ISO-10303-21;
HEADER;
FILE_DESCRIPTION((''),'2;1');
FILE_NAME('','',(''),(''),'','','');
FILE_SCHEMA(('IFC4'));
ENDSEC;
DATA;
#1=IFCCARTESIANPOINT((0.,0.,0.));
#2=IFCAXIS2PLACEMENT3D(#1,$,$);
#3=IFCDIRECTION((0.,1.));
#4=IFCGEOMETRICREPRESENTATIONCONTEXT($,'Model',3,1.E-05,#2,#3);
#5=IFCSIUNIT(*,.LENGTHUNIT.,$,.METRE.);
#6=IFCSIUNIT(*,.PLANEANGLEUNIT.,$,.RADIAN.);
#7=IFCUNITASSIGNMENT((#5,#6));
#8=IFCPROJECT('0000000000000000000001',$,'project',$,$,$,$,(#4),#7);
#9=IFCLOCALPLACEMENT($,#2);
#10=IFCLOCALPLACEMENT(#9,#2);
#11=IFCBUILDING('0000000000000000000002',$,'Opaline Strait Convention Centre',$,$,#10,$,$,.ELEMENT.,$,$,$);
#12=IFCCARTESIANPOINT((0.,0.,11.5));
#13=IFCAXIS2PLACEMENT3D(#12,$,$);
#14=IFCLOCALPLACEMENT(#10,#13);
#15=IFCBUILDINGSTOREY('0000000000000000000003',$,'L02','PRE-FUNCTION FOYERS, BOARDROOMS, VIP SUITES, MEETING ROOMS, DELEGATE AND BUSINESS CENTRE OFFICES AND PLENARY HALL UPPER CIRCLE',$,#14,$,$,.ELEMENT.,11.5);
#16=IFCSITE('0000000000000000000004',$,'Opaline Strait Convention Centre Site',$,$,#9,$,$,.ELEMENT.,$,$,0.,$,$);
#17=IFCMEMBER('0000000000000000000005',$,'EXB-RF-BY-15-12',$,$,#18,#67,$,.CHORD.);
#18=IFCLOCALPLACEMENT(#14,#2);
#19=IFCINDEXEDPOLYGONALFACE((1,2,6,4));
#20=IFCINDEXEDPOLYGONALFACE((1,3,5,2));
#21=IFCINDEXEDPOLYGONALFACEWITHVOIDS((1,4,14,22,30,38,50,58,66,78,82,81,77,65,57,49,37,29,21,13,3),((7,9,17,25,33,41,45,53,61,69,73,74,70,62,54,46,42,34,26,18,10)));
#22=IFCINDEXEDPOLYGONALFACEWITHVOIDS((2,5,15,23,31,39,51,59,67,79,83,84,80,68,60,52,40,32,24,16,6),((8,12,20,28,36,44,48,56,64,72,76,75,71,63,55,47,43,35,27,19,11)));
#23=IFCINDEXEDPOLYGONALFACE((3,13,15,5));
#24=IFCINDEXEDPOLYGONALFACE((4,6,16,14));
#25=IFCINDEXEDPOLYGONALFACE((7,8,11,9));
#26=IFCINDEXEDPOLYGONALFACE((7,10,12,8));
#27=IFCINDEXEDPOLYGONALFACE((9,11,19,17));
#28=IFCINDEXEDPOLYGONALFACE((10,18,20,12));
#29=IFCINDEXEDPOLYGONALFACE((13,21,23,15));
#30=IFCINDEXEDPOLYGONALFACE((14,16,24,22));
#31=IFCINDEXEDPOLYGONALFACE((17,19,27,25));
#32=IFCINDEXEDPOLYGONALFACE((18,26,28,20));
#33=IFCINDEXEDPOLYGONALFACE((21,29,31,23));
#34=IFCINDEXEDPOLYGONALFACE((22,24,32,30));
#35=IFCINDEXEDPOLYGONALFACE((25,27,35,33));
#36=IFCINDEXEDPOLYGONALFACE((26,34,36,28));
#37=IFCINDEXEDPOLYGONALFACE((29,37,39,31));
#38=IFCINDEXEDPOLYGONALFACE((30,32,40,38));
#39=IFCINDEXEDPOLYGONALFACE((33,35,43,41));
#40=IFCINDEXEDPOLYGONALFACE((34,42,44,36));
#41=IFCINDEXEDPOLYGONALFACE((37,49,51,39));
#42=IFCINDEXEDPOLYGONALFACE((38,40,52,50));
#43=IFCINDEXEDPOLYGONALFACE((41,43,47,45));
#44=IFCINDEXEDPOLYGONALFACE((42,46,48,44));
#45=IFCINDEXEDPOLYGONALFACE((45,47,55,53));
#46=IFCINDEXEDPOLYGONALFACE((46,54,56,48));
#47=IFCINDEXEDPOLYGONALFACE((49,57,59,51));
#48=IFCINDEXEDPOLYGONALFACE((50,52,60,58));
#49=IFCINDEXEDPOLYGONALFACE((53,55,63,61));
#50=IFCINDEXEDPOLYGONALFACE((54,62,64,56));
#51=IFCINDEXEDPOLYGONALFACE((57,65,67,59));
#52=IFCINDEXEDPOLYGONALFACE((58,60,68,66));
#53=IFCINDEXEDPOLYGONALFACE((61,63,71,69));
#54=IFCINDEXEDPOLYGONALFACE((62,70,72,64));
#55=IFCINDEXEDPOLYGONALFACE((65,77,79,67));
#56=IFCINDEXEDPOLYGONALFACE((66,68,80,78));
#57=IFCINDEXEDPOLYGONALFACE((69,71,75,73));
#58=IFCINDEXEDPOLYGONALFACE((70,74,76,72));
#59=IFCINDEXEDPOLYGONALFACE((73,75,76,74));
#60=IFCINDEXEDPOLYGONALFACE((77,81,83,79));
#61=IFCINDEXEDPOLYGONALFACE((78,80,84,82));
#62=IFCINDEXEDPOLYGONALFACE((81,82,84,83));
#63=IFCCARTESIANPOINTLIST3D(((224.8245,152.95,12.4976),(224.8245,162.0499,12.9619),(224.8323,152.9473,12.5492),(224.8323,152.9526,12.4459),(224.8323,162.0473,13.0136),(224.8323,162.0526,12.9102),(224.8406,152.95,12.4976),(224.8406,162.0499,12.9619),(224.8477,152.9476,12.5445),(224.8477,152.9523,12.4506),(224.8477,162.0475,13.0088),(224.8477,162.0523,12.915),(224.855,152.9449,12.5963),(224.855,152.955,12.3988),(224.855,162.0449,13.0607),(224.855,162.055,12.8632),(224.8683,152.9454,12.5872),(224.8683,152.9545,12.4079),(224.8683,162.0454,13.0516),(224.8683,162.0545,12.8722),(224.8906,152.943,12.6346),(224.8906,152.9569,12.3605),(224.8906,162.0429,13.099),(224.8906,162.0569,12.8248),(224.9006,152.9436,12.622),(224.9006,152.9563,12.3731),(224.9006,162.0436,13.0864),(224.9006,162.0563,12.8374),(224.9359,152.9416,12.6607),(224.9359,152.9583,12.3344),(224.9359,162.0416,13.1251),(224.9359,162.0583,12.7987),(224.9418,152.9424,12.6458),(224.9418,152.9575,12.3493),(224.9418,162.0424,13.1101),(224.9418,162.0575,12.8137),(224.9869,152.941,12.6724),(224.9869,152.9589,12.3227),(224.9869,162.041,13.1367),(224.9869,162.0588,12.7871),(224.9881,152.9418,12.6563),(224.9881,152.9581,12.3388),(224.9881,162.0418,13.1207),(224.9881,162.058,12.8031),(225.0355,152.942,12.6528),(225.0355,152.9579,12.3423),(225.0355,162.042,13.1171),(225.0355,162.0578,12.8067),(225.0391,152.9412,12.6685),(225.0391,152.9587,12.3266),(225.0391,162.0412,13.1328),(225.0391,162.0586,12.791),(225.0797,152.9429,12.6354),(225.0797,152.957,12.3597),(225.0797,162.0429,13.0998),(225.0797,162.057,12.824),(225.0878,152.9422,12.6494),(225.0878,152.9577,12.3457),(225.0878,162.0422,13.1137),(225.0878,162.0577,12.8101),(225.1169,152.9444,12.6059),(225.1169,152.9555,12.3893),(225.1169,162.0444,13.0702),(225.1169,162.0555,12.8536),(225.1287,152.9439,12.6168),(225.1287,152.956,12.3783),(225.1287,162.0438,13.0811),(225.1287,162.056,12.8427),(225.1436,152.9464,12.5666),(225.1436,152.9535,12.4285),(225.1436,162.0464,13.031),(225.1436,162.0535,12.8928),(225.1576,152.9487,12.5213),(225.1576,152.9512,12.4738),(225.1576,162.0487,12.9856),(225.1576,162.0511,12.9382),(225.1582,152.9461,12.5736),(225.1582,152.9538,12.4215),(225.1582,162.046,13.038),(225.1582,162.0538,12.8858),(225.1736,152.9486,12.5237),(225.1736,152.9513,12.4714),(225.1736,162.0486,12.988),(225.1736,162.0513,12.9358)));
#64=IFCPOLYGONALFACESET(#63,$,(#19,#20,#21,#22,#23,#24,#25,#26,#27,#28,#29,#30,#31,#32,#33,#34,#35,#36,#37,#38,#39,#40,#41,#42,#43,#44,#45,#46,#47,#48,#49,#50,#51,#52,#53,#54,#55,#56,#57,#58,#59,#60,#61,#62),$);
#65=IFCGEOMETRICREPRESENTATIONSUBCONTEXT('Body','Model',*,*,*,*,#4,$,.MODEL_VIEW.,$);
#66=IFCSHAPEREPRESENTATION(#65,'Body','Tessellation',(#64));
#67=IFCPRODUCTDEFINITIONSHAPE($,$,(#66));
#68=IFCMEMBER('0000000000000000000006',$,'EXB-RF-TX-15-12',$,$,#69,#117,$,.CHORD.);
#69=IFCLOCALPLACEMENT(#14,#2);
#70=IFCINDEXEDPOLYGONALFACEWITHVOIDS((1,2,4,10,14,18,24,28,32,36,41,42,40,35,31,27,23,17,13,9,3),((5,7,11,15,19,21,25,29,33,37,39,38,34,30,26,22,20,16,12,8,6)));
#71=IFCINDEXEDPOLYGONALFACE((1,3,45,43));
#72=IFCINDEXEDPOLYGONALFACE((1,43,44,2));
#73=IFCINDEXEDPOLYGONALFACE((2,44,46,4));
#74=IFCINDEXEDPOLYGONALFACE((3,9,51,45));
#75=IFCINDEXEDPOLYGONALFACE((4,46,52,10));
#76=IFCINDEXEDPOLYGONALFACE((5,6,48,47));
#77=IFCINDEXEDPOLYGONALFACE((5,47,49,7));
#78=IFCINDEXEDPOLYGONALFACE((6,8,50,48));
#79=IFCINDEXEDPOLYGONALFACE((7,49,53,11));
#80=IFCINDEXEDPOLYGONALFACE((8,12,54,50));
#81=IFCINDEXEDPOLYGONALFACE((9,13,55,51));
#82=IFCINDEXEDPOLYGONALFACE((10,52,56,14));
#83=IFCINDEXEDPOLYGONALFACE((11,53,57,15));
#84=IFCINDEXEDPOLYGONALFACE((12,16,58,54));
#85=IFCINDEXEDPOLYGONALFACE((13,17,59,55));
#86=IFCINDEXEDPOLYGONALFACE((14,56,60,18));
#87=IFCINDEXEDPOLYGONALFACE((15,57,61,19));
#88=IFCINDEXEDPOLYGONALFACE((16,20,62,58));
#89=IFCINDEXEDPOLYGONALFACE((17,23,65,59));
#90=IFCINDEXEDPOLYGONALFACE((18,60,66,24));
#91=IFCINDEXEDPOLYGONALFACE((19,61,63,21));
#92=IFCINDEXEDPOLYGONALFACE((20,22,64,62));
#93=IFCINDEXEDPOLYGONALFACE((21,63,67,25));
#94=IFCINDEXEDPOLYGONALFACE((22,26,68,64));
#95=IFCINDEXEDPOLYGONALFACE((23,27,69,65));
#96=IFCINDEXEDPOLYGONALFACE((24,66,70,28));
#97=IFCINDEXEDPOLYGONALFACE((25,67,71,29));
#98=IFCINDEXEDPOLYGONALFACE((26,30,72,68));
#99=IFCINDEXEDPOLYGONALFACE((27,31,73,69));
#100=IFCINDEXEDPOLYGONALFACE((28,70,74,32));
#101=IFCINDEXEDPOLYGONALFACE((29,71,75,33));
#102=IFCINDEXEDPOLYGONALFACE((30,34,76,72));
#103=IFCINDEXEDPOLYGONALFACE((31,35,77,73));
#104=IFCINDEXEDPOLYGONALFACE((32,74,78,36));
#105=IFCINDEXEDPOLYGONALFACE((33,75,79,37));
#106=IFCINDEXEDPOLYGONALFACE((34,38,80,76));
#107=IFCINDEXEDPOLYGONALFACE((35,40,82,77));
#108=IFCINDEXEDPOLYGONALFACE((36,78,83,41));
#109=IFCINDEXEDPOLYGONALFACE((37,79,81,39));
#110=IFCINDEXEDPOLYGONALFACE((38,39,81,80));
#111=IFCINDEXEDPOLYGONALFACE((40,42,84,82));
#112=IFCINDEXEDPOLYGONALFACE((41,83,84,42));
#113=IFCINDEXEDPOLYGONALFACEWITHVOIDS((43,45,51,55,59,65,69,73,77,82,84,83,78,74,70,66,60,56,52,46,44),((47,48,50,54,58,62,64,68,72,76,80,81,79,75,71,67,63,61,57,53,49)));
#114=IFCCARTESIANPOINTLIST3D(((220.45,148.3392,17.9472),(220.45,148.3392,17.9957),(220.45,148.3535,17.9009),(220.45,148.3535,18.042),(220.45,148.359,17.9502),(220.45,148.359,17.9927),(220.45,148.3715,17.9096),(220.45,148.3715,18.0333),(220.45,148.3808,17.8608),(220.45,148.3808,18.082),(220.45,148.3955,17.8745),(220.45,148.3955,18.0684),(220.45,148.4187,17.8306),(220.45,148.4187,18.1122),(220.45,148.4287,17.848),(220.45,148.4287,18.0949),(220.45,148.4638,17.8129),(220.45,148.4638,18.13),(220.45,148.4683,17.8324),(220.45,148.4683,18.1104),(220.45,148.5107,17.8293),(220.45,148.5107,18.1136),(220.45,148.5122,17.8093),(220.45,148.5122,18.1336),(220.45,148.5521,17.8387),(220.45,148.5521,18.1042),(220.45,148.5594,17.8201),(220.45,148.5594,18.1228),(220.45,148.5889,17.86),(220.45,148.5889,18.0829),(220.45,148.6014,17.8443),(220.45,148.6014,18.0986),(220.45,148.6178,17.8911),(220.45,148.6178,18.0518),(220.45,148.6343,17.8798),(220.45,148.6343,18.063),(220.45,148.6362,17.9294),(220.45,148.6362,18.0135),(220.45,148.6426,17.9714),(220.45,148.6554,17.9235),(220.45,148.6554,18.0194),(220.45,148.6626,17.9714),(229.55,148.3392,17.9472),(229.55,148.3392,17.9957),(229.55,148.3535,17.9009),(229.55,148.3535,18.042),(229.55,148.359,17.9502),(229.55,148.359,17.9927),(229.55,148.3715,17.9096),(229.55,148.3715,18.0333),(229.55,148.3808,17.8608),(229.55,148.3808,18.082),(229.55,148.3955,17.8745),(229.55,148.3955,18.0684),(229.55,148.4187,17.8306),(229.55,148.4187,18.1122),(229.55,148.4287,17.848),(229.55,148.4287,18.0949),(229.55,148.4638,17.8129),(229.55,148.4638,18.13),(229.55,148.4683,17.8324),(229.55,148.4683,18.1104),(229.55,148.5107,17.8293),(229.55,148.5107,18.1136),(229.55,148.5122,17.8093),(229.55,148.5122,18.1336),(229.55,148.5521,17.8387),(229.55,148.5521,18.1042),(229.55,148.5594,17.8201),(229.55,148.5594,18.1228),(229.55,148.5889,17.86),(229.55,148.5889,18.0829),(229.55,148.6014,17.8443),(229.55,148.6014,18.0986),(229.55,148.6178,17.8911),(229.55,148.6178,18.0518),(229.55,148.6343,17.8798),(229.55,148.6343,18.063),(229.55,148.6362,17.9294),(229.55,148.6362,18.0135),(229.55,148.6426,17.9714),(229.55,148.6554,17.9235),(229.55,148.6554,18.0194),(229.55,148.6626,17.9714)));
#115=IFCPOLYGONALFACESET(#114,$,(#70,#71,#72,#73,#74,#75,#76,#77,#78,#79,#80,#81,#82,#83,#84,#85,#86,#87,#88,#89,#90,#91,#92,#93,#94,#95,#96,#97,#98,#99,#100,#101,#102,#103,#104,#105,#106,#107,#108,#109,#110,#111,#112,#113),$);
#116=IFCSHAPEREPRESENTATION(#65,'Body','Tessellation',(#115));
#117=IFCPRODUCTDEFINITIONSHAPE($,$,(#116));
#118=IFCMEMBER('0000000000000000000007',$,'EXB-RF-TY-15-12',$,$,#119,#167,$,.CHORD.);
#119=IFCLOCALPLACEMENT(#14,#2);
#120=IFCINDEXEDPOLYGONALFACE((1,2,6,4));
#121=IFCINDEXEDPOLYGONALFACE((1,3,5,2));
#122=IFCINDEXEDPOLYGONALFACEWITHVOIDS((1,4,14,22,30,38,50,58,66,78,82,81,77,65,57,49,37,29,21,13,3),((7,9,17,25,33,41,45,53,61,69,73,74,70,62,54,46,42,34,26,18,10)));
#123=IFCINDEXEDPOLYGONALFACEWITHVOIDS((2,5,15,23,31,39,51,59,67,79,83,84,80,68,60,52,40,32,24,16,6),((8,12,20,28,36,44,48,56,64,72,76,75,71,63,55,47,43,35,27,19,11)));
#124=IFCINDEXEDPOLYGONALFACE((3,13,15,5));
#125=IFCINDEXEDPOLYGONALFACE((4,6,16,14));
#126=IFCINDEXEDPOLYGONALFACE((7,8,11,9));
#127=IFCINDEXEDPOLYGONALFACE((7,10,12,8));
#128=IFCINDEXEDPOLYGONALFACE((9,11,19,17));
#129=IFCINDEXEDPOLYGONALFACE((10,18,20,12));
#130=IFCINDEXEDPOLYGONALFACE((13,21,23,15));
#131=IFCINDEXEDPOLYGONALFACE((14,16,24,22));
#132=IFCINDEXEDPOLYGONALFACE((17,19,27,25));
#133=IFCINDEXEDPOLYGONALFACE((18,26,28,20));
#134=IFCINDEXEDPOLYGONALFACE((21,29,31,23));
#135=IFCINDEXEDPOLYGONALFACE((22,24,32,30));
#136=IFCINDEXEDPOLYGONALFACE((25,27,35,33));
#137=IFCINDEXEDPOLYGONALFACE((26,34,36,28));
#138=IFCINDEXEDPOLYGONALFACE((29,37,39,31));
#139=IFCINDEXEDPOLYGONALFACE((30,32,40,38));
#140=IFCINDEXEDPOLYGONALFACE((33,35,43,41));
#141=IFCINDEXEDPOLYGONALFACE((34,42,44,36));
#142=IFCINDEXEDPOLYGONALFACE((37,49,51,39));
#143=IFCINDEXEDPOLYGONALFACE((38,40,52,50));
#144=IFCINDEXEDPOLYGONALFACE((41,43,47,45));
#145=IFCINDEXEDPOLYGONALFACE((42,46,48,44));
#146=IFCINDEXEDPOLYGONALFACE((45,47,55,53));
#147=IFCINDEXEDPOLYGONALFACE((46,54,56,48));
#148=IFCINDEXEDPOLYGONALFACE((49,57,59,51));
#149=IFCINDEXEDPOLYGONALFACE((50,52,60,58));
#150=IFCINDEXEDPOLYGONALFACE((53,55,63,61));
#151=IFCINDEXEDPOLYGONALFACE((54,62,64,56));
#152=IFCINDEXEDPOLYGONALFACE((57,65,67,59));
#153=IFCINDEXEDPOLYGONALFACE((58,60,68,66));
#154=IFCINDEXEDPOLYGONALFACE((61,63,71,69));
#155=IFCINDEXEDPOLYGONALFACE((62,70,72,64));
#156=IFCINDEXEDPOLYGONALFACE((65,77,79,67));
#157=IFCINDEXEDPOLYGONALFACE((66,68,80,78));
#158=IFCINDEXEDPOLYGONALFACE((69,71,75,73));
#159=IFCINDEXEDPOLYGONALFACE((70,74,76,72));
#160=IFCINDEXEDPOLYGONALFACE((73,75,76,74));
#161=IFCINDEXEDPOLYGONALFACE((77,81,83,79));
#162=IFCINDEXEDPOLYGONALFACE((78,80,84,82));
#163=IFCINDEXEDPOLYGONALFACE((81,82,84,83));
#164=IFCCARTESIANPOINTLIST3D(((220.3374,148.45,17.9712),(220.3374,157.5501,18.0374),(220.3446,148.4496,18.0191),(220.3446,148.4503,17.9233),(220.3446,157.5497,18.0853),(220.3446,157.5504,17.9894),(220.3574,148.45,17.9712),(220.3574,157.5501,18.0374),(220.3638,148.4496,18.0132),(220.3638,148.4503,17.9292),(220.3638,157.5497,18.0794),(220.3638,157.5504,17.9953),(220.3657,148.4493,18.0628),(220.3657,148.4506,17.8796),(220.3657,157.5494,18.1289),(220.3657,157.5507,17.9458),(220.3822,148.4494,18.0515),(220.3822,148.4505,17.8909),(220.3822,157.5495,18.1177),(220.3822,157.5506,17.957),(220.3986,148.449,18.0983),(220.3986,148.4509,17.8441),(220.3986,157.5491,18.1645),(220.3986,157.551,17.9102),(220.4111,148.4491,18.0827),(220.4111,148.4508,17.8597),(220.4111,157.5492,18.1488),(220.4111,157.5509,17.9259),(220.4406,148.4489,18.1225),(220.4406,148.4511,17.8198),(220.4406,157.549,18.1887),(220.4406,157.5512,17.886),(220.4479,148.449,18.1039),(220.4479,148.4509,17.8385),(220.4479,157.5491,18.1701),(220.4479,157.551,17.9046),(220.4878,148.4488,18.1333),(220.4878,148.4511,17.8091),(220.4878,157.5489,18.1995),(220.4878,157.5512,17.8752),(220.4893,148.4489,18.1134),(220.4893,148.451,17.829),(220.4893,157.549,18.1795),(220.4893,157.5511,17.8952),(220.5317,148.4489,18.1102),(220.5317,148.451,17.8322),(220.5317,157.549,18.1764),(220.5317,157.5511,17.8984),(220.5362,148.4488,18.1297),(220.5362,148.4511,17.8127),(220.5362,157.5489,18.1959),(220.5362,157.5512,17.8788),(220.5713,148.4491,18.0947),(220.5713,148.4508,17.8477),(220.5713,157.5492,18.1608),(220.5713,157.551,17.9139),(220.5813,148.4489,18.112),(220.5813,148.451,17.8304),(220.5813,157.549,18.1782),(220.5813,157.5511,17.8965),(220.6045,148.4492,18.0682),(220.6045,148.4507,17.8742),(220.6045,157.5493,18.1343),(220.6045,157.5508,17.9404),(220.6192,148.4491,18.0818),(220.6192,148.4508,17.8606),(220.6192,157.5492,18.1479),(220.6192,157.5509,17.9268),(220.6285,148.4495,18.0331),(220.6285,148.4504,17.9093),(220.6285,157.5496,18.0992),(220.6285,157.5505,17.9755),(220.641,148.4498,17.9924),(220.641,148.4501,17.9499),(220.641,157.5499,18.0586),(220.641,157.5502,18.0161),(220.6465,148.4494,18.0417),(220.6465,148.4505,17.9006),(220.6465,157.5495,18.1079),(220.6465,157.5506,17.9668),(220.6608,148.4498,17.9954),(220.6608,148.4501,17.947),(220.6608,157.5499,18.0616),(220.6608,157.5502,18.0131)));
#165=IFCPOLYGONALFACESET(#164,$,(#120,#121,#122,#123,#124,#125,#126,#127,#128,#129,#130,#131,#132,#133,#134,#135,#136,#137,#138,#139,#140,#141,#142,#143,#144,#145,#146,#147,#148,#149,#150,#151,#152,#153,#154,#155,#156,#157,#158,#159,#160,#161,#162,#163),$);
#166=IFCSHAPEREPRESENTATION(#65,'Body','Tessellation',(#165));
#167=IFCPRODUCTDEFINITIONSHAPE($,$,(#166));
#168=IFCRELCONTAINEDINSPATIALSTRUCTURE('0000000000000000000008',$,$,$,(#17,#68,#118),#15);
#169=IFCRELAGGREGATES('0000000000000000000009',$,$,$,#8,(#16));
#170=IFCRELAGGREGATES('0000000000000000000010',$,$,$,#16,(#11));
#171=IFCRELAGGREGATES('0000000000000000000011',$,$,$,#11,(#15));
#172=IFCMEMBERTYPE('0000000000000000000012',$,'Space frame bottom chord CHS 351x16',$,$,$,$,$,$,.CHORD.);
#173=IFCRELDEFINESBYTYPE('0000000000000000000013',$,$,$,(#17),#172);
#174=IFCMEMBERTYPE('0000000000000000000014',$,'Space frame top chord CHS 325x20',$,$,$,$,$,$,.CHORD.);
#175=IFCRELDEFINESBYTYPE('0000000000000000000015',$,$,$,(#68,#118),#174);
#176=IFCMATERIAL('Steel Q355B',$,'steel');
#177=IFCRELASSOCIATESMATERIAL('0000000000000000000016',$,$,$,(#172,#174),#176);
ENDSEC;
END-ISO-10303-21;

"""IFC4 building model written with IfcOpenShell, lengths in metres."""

from ifc_helpers import new_model, si_unit, direction, frame, origin, origin_2d, place, context, subcontext, project, spatial, hollow_circle, extrude, material, material_profile, profile_set, type_object, element, save


model = new_model("IFC4")

# Units and contexts
model_context = context("Model", 3, precision=1e-05, world=origin(), true_north=direction((0.0, 1.0)))
body_context = subcontext(model_context, "Body", "Model", "MODEL_VIEW")
ifc_project = project(units=[si_unit("LENGTHUNIT", "METRE"), si_unit("PLANEANGLEUNIT", "RADIAN")], contexts=[model_context])

# Site, building, storey
site_placement = place(None, origin())
site = spatial("IfcSite", under=ifc_project, at=site_placement, Name="Opaline Strait Convention Centre Site", CompositionType="ELEMENT", RefElevation=0.0)
building_placement = place(site_placement, origin())
building = spatial("IfcBuilding", under=site, at=building_placement, Name="Opaline Strait Convention Centre", CompositionType="ELEMENT")
storey_placement = place(building_placement, frame((0.0, 0.0, 11.5)))
storey = spatial("IfcBuildingStorey", under=building, at=storey_placement, Name="L02", Description="PRE-FUNCTION FOYERS, BOARDROOMS, VIP SUITES, MEETING ROOMS, DELEGATE AND BUSINESS CENTRE OFFICES AND PLENARY HALL UPPER CIRCLE", CompositionType="ELEMENT", Elevation=11.5)

# Members
ifc_material_1 = material(Name="Steel Q355B", Category="steel")
ifc_material_profile_1 = material_profile(ifc_material_1, hollow_circle(Radius=0.1755, WallThickness=0.0161, at=origin_2d()), Name="CHS 351x16")
ifc_profile_set_1 = profile_set([ifc_material_profile_1], Name="Steel Q355B")
member_type_1 = type_object("IfcMemberType", Name="Space frame bottom chord CHS 351x16", PredefinedType="CHORD", material=ifc_profile_set_1)
member_1_placement = place(storey_placement, frame((225.0, 152.95, 12.4976), z_axis=(0.0, 0.998701, 0.050961), x_axis=(-1.0, 0.0, 0.0)))
element("IfcMember", 1, at=member_1_placement, inside=storey, type_object=member_type_1, Name="EXB-RF-BY-15-12", PredefinedType="CHORD", context=body_context, shape_type="SweptSolid", body=[
    extrude(hollow_circle(Radius=0.1755, WallThickness=0.0161, at=origin_2d()), origin(), (0.0, 0.0, 1.0), 9.1118),
])
ifc_material_profile_2 = material_profile(ifc_material_1, hollow_circle(Radius=0.1626, WallThickness=0.02, at=origin_2d()), Name="CHS 325x20")
ifc_profile_set_2 = profile_set([ifc_material_profile_2], Name="Steel Q355B")
member_type_2 = type_object("IfcMemberType", Name="Space frame top chord CHS 325x20", PredefinedType="CHORD", material=ifc_profile_set_2)
member_2_placement = place(storey_placement, frame((220.45, 148.5, 17.9714), z_axis=(1.0, 0.0, 0.0), x_axis=(0.0, 1.0, 0.0)))
element("IfcMember", 2, at=member_2_placement, inside=storey, type_object=member_type_2, Name="EXB-RF-TX-15-12", PredefinedType="CHORD", context=body_context, shape_type="SweptSolid", body=[
    extrude(hollow_circle(Radius=0.1626, WallThickness=0.02, at=origin_2d()), origin(), (0.0, 0.0, 1.0), 9.1001),
])
member_3_placement = place(storey_placement, frame((220.5, 148.45, 17.9712), z_axis=(0.0, 0.999974, 0.00727), x_axis=(-1.0, 0.0, 0.0)))
element("IfcMember", 3, at=member_3_placement, inside=storey, type_object=member_type_2, Name="EXB-RF-TY-15-12", PredefinedType="CHORD", context=body_context, shape_type="SweptSolid", body=[
    extrude(hollow_circle(Radius=0.1626, WallThickness=0.02, at=origin_2d()), origin(), (0.0, 0.0, 1.0), 9.1003),
])

save(model, "model.ifc")
